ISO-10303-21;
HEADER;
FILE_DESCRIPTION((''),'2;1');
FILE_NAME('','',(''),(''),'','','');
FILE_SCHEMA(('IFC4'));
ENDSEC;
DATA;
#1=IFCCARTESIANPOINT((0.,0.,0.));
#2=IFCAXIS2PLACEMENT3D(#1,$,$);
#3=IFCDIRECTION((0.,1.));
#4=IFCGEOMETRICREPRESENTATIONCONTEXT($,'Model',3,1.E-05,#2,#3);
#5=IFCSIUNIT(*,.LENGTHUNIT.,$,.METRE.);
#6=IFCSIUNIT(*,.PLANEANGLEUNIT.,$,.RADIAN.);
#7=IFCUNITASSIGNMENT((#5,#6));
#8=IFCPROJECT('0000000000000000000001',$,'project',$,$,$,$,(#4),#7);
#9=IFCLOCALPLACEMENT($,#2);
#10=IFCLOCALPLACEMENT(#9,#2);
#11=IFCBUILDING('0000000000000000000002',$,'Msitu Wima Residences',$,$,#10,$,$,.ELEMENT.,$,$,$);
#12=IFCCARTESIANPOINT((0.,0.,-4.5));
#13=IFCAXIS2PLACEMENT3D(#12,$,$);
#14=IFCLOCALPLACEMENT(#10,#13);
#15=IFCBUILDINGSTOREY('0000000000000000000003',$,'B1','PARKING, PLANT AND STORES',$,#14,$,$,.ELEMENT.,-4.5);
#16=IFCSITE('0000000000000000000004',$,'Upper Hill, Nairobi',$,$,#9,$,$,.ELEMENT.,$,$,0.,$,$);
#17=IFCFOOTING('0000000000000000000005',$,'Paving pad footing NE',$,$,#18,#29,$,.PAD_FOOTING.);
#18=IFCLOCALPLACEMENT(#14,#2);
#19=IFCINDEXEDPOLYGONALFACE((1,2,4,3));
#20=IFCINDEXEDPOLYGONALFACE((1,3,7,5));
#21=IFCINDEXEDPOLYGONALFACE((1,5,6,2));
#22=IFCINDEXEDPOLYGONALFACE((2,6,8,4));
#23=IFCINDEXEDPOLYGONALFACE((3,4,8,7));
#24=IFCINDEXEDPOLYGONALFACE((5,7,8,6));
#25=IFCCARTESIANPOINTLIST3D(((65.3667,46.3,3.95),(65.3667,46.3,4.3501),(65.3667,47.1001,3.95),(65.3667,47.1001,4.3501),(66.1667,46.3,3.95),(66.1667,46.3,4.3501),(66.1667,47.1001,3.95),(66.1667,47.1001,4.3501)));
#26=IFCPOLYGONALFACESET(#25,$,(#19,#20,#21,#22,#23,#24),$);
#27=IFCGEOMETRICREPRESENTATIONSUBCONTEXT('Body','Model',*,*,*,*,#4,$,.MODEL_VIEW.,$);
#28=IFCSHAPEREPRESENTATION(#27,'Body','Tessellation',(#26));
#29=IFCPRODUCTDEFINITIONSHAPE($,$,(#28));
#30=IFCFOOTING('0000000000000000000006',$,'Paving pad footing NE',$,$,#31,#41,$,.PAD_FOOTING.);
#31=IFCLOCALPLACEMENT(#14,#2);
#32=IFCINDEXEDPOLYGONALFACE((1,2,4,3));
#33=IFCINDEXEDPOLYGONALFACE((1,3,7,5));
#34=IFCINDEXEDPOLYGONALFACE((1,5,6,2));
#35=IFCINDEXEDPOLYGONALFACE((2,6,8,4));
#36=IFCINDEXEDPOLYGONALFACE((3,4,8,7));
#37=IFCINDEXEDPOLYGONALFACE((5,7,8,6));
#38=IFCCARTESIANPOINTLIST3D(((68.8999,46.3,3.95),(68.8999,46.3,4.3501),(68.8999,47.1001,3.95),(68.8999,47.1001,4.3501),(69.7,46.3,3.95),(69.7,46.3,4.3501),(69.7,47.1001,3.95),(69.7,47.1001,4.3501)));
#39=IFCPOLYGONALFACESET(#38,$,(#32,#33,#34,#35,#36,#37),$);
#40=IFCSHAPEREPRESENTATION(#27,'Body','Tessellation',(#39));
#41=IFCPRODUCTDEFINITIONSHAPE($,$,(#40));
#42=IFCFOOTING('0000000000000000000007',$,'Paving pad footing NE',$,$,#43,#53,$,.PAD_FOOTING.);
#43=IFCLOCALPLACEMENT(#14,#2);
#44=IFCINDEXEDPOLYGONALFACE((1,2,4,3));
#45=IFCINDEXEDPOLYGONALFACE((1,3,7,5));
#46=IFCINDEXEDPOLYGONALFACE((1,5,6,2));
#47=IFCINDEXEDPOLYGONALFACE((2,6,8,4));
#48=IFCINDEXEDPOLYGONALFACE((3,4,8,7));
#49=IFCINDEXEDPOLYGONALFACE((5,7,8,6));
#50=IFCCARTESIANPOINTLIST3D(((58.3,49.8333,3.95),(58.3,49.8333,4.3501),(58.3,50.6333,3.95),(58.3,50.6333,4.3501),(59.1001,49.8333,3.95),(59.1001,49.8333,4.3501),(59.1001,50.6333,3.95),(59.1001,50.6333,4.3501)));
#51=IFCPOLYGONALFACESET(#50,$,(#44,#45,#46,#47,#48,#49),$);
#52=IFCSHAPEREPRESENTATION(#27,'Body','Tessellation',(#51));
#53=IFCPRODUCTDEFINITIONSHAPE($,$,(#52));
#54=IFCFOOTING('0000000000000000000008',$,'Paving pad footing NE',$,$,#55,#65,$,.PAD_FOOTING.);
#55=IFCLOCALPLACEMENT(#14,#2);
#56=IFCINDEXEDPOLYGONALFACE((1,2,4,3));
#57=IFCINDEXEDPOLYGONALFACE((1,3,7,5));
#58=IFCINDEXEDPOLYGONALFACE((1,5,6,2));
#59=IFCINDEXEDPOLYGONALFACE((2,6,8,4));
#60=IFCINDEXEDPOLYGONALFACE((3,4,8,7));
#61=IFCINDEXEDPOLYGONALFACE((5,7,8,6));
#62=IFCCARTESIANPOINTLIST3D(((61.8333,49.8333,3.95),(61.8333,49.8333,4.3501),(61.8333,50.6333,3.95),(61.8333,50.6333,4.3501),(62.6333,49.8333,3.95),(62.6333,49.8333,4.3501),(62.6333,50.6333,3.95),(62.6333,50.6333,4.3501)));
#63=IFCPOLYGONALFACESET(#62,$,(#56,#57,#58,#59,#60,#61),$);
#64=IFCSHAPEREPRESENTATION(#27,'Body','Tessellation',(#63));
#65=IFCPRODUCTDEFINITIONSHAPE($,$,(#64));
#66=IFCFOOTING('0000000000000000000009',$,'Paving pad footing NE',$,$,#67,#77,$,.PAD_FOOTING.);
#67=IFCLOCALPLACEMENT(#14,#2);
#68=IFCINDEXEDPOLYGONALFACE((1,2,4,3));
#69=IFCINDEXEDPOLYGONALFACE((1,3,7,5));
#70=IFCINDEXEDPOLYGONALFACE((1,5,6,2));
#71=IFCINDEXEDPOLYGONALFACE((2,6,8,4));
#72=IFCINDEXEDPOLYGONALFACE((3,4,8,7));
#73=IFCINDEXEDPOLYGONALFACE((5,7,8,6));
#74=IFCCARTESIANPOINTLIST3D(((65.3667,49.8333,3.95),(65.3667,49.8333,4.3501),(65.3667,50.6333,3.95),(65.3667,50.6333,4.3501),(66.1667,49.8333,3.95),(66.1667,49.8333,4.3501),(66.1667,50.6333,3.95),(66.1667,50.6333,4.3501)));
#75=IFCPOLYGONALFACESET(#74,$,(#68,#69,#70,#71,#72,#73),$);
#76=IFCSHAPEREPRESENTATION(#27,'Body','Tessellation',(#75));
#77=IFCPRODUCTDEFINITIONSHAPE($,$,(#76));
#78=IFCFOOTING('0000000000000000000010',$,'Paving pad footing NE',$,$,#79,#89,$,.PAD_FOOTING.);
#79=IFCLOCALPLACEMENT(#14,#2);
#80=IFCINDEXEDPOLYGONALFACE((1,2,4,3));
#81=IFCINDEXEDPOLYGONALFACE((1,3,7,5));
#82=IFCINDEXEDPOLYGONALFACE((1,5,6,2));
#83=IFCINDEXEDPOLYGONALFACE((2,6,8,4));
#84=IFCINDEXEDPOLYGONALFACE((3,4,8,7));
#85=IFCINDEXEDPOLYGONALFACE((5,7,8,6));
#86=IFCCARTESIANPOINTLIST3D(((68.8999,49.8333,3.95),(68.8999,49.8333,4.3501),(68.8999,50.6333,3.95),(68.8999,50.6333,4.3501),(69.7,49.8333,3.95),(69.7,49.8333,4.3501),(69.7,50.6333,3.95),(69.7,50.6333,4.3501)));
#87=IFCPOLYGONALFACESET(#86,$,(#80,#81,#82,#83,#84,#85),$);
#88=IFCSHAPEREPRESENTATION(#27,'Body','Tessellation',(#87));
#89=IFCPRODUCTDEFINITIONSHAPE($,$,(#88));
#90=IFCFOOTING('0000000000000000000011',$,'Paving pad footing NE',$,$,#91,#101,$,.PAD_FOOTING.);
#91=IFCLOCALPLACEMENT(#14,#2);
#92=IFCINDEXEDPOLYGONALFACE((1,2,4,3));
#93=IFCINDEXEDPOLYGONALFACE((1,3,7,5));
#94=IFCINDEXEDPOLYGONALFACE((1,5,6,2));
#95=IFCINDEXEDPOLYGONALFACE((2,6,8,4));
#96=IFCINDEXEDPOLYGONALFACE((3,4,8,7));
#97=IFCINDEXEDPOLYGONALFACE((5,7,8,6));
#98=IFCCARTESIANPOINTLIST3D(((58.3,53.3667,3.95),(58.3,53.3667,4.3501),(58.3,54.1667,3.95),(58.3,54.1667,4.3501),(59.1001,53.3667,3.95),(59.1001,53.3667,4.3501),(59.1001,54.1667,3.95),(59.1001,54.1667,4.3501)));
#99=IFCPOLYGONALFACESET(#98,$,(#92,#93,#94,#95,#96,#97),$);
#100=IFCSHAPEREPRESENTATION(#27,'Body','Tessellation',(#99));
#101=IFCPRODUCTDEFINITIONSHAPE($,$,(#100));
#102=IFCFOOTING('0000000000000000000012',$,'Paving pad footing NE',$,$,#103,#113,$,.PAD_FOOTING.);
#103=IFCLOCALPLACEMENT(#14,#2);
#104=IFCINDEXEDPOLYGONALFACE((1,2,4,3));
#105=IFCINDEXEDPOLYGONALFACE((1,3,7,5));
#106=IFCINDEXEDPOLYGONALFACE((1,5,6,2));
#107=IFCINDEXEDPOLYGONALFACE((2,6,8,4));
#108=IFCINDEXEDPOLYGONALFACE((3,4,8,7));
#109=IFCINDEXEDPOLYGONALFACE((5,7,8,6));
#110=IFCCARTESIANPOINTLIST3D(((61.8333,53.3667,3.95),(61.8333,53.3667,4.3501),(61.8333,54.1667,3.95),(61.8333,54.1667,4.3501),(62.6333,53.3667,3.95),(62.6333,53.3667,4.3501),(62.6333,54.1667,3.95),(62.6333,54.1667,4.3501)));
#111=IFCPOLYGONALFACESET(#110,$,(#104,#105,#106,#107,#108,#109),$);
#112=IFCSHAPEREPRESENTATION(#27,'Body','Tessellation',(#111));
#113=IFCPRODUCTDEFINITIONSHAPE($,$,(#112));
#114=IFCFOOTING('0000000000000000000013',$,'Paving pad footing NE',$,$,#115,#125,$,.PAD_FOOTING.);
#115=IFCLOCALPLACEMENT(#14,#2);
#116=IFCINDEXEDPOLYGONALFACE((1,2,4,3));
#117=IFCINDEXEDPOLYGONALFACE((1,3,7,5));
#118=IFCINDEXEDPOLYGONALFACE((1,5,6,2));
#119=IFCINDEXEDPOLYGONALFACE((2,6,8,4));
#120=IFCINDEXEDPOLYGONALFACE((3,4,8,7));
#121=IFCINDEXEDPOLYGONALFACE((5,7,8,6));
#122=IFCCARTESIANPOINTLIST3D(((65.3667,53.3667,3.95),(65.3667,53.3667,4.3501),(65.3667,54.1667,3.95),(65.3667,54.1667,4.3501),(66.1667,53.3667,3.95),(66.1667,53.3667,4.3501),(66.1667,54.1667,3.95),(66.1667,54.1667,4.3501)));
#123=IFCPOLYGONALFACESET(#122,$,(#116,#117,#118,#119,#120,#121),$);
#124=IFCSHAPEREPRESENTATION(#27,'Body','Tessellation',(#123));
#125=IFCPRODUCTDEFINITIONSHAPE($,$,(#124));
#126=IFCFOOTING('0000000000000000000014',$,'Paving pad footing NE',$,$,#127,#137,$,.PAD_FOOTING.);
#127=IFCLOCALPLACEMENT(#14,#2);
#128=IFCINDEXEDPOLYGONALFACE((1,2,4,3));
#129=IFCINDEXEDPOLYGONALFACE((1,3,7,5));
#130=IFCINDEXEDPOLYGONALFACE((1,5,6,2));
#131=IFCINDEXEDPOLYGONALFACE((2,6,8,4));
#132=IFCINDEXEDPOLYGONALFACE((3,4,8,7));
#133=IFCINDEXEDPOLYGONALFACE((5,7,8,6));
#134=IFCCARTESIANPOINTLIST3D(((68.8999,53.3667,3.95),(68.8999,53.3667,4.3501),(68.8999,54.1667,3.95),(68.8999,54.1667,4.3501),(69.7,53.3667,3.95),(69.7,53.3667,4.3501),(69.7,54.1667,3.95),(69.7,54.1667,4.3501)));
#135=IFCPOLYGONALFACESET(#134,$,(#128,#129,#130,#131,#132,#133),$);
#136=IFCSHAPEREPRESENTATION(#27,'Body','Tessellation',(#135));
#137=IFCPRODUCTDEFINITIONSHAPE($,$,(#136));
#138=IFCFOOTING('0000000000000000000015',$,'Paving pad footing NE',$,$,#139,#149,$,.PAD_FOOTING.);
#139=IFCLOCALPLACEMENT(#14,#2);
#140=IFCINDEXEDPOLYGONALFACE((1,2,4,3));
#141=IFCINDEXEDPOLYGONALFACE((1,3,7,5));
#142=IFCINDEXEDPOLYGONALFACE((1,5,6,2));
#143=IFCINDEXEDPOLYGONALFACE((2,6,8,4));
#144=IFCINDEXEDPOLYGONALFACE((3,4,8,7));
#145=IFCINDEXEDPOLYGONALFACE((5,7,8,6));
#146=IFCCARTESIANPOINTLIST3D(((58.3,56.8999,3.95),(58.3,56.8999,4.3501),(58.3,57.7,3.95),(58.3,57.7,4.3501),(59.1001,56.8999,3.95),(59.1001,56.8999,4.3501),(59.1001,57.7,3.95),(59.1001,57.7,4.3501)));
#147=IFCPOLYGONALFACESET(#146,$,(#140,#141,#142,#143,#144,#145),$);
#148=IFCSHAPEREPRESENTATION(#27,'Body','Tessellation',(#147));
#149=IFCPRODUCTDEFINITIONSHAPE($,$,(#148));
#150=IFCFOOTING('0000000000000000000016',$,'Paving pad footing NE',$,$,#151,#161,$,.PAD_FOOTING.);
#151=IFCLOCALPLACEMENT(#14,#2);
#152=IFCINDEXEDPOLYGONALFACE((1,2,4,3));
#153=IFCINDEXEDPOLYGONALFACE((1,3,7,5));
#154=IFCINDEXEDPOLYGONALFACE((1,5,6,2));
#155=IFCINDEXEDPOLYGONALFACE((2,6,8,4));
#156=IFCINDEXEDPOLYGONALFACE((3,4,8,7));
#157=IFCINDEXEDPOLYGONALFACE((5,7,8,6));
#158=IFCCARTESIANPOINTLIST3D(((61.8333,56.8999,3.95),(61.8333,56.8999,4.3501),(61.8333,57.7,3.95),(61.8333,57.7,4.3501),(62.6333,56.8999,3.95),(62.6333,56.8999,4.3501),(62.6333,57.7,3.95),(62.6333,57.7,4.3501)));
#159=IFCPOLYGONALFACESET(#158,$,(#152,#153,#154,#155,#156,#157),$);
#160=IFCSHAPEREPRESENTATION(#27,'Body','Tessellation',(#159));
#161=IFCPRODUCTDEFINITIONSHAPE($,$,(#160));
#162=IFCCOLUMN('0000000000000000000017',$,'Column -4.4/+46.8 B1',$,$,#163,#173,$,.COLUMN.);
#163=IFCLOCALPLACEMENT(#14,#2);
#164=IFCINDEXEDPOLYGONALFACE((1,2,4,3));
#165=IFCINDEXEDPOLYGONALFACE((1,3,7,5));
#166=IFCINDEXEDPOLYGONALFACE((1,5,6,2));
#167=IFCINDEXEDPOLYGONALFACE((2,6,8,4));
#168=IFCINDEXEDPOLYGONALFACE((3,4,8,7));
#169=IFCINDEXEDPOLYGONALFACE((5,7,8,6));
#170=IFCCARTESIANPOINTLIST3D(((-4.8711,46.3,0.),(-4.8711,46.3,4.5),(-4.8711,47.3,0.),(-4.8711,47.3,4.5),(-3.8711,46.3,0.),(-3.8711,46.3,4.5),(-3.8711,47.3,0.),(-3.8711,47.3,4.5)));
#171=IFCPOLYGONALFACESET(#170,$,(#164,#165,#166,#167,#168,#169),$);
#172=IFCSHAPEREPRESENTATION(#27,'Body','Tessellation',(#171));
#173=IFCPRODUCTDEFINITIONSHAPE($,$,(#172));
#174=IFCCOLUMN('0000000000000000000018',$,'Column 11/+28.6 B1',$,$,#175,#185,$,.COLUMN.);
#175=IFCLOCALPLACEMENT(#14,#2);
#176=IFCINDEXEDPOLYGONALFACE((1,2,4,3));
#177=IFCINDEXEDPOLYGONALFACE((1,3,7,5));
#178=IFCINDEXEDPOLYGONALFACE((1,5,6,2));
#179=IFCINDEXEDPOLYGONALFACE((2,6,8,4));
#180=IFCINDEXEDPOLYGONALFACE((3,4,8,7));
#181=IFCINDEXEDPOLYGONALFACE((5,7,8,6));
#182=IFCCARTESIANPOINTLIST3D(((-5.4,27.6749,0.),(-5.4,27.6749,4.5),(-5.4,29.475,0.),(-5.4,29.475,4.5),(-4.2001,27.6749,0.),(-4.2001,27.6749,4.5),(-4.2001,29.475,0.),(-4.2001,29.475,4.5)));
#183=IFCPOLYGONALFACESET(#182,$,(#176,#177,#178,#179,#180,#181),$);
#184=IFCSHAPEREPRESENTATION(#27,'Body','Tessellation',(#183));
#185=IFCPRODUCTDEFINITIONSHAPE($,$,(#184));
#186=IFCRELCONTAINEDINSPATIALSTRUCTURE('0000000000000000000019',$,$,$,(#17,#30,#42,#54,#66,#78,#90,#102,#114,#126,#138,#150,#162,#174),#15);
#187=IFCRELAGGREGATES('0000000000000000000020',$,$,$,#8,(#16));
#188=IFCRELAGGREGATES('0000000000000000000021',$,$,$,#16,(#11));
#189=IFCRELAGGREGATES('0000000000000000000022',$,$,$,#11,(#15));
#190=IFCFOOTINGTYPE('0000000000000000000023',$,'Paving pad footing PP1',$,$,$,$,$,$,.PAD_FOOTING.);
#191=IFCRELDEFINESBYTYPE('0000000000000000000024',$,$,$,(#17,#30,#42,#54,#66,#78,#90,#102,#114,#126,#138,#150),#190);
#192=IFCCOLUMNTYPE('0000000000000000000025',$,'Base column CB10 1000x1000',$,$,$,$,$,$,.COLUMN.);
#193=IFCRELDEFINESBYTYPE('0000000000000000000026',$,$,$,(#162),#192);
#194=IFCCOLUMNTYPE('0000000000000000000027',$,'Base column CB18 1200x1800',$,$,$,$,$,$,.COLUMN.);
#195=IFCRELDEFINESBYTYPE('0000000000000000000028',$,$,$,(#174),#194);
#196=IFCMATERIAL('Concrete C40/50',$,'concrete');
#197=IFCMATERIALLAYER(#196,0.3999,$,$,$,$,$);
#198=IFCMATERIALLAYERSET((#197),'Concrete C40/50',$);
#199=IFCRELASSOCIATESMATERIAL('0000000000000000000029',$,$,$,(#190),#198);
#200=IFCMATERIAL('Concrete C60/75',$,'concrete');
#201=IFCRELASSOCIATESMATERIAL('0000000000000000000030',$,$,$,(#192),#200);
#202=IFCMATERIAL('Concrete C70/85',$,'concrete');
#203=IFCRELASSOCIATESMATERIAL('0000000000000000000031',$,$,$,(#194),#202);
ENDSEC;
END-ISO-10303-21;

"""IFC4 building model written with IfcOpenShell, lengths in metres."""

from ifc_helpers import new_model, si_unit, direction, frame, origin, origin_2d, place, context, subcontext, project, spatial, polyline, rectangle, outline, extrude, material, layer, layer_set, material_profile, profile_set, type_object, element, save


model = new_model("IFC4")

# Units and contexts
model_context = context("Model", 3, precision=1e-05, world=origin(), true_north=direction((0.0, 1.0)))
body_context = subcontext(model_context, "Body", "Model", "MODEL_VIEW")
ifc_project = project(units=[si_unit("LENGTHUNIT", "METRE"), si_unit("PLANEANGLEUNIT", "RADIAN")], contexts=[model_context])

# Site, building, storey
site_placement = place(None, origin())
site = spatial("IfcSite", under=ifc_project, at=site_placement, Name="Upper Hill, Nairobi", CompositionType="ELEMENT", RefElevation=0.0)
building_placement = place(site_placement, origin())
building = spatial("IfcBuilding", under=site, at=building_placement, Name="Msitu Wima Residences", CompositionType="ELEMENT")
storey_placement = place(building_placement, frame((0.0, 0.0, -4.5)))
storey = spatial("IfcBuildingStorey", under=building, at=storey_placement, Name="B1", Description="PARKING, PLANT AND STORES", CompositionType="ELEMENT", Elevation=-4.5)

# Footings
ifc_material_1 = material(Name="Concrete C40/50", Category="concrete")
ifc_layer_1 = layer(ifc_material_1, 0.3999)
ifc_layer_set_1 = layer_set([ifc_layer_1], Name="Concrete C40/50")
footing_type = type_object("IfcFootingType", Name="Paving pad footing PP1", PredefinedType="PAD_FOOTING", material=ifc_layer_set_1)
footing_1_placement = place(storey_placement, frame((0.0, 0.0, 3.95)))
element("IfcFooting", 1, at=footing_1_placement, inside=storey, type_object=footing_type, Name="Paving pad footing NE", PredefinedType="PAD_FOOTING", context=body_context, shape_type="SweptSolid", body=[
    extrude(outline(polyline([(66.1667, 46.3), (66.1667, 47.1001), (65.3667, 47.1001), (65.3667, 46.3), (66.1667, 46.3)])), origin(), (0.0, 0.0, 1.0), 0.4001),
])
footing_2_placement = place(storey_placement, frame((0.0, 0.0, 3.95)))
element("IfcFooting", 2, at=footing_2_placement, inside=storey, type_object=footing_type, Name="Paving pad footing NE", PredefinedType="PAD_FOOTING", context=body_context, shape_type="SweptSolid", body=[
    extrude(outline(polyline([(69.7, 46.3), (69.7, 47.1001), (68.8999, 47.1001), (68.8999, 46.3), (69.7, 46.3)])), origin(), (0.0, 0.0, 1.0), 0.4001),
])
footing_3_placement = place(storey_placement, frame((0.0, 0.0, 3.95)))
element("IfcFooting", 3, at=footing_3_placement, inside=storey, type_object=footing_type, Name="Paving pad footing NE", PredefinedType="PAD_FOOTING", context=body_context, shape_type="SweptSolid", body=[
    extrude(outline(polyline([(59.1001, 49.8333), (59.1001, 50.6333), (58.3, 50.6333), (58.3, 49.8333), (59.1001, 49.8333)])), origin(), (0.0, 0.0, 1.0), 0.4001),
])
footing_4_placement = place(storey_placement, frame((0.0, 0.0, 3.95)))
element("IfcFooting", 4, at=footing_4_placement, inside=storey, type_object=footing_type, Name="Paving pad footing NE", PredefinedType="PAD_FOOTING", context=body_context, shape_type="SweptSolid", body=[
    extrude(outline(polyline([(62.6333, 49.8333), (62.6333, 50.6333), (61.8333, 50.6333), (61.8333, 49.8333), (62.6333, 49.8333)])), origin(), (0.0, 0.0, 1.0), 0.4001),
])
footing_5_placement = place(storey_placement, frame((0.0, 0.0, 3.95)))
element("IfcFooting", 5, at=footing_5_placement, inside=storey, type_object=footing_type, Name="Paving pad footing NE", PredefinedType="PAD_FOOTING", context=body_context, shape_type="SweptSolid", body=[
    extrude(outline(polyline([(66.1667, 49.8333), (66.1667, 50.6333), (65.3667, 50.6333), (65.3667, 49.8333), (66.1667, 49.8333)])), origin(), (0.0, 0.0, 1.0), 0.4001),
])
footing_6_placement = place(storey_placement, frame((0.0, 0.0, 3.95)))
element("IfcFooting", 6, at=footing_6_placement, inside=storey, type_object=footing_type, Name="Paving pad footing NE", PredefinedType="PAD_FOOTING", context=body_context, shape_type="SweptSolid", body=[
    extrude(outline(polyline([(69.7, 49.8333), (69.7, 50.6333), (68.8999, 50.6333), (68.8999, 49.8333), (69.7, 49.8333)])), origin(), (0.0, 0.0, 1.0), 0.4001),
])
footing_7_placement = place(storey_placement, frame((0.0, 0.0, 3.95)))
element("IfcFooting", 7, at=footing_7_placement, inside=storey, type_object=footing_type, Name="Paving pad footing NE", PredefinedType="PAD_FOOTING", context=body_context, shape_type="SweptSolid", body=[
    extrude(outline(polyline([(59.1001, 53.3667), (59.1001, 54.1667), (58.3, 54.1667), (58.3, 53.3667), (59.1001, 53.3667)])), origin(), (0.0, 0.0, 1.0), 0.4001),
])
footing_8_placement = place(storey_placement, frame((0.0, 0.0, 3.95)))
element("IfcFooting", 8, at=footing_8_placement, inside=storey, type_object=footing_type, Name="Paving pad footing NE", PredefinedType="PAD_FOOTING", context=body_context, shape_type="SweptSolid", body=[
    extrude(outline(polyline([(62.6333, 53.3667), (62.6333, 54.1667), (61.8333, 54.1667), (61.8333, 53.3667), (62.6333, 53.3667)])), origin(), (0.0, 0.0, 1.0), 0.4001),
])
footing_9_placement = place(storey_placement, frame((0.0, 0.0, 3.95)))
element("IfcFooting", 9, at=footing_9_placement, inside=storey, type_object=footing_type, Name="Paving pad footing NE", PredefinedType="PAD_FOOTING", context=body_context, shape_type="SweptSolid", body=[
    extrude(outline(polyline([(66.1667, 53.3667), (66.1667, 54.1667), (65.3667, 54.1667), (65.3667, 53.3667), (66.1667, 53.3667)])), origin(), (0.0, 0.0, 1.0), 0.4001),
])
footing_10_placement = place(storey_placement, frame((0.0, 0.0, 3.95)))
element("IfcFooting", 10, at=footing_10_placement, inside=storey, type_object=footing_type, Name="Paving pad footing NE", PredefinedType="PAD_FOOTING", context=body_context, shape_type="SweptSolid", body=[
    extrude(outline(polyline([(69.7, 53.3667), (69.7, 54.1667), (68.8999, 54.1667), (68.8999, 53.3667), (69.7, 53.3667)])), origin(), (0.0, 0.0, 1.0), 0.4001),
])
footing_11_placement = place(storey_placement, frame((0.0, 0.0, 3.95)))
element("IfcFooting", 11, at=footing_11_placement, inside=storey, type_object=footing_type, Name="Paving pad footing NE", PredefinedType="PAD_FOOTING", context=body_context, shape_type="SweptSolid", body=[
    extrude(outline(polyline([(59.1001, 56.8999), (59.1001, 57.7), (58.3, 57.7), (58.3, 56.8999), (59.1001, 56.8999)])), origin(), (0.0, 0.0, 1.0), 0.4001),
])
footing_12_placement = place(storey_placement, frame((0.0, 0.0, 3.95)))
element("IfcFooting", 12, at=footing_12_placement, inside=storey, type_object=footing_type, Name="Paving pad footing NE", PredefinedType="PAD_FOOTING", context=body_context, shape_type="SweptSolid", body=[
    extrude(outline(polyline([(62.6333, 56.8999), (62.6333, 57.7), (61.8333, 57.7), (61.8333, 56.8999), (62.6333, 56.8999)])), origin(), (0.0, 0.0, 1.0), 0.4001),
])

# Columns
ifc_material_2 = material(Name="Concrete C60/75", Category="concrete")
ifc_material_profile_1 = material_profile(ifc_material_2, rectangle(XDim=1.0, YDim=1.0, at=origin_2d()), Name="RC 1000x1000")
ifc_profile_set_1 = profile_set([ifc_material_profile_1], Name="Concrete C60/75")
column_type_1 = type_object("IfcColumnType", Name="Base column CB10 1000x1000", PredefinedType="COLUMN", material=ifc_profile_set_1)
column_1_placement = place(storey_placement, frame((-4.3711, 46.8, 0.0), z_axis=(0.0, 0.0, 1.0), x_axis=(1.0, 0.0, 0.0)))
element("IfcColumn", 13, at=column_1_placement, inside=storey, type_object=column_type_1, Name="Column -4.4/+46.8 B1", PredefinedType="COLUMN", context=body_context, shape_type="SweptSolid", body=[
    extrude(rectangle(XDim=1.0, YDim=1.0, at=origin_2d()), origin(), (0.0, 0.0, 1.0), 4.5),
])
ifc_material_3 = material(Name="Concrete C70/85", Category="concrete")
ifc_material_profile_2 = material_profile(ifc_material_3, rectangle(XDim=1.2, YDim=1.8, at=origin_2d()), Name="RC 1200x1800")
ifc_profile_set_2 = profile_set([ifc_material_profile_2], Name="Concrete C70/85")
column_type_2 = type_object("IfcColumnType", Name="Base column CB18 1200x1800", PredefinedType="COLUMN", material=ifc_profile_set_2)
column_2_placement = place(storey_placement, frame((-4.8, 28.575, 0.0), z_axis=(0.0, 0.0, 1.0), x_axis=(-1.0, 0.0, 0.0)))
element("IfcColumn", 14, at=column_2_placement, inside=storey, type_object=column_type_2, Name="Column 11/+28.6 B1", PredefinedType="COLUMN", context=body_context, shape_type="SweptSolid", body=[
    extrude(rectangle(XDim=1.2, YDim=1.8, at=origin_2d()), origin(), (0.0, 0.0, 1.0), 4.5),
])

save(model, "model.ifc")
